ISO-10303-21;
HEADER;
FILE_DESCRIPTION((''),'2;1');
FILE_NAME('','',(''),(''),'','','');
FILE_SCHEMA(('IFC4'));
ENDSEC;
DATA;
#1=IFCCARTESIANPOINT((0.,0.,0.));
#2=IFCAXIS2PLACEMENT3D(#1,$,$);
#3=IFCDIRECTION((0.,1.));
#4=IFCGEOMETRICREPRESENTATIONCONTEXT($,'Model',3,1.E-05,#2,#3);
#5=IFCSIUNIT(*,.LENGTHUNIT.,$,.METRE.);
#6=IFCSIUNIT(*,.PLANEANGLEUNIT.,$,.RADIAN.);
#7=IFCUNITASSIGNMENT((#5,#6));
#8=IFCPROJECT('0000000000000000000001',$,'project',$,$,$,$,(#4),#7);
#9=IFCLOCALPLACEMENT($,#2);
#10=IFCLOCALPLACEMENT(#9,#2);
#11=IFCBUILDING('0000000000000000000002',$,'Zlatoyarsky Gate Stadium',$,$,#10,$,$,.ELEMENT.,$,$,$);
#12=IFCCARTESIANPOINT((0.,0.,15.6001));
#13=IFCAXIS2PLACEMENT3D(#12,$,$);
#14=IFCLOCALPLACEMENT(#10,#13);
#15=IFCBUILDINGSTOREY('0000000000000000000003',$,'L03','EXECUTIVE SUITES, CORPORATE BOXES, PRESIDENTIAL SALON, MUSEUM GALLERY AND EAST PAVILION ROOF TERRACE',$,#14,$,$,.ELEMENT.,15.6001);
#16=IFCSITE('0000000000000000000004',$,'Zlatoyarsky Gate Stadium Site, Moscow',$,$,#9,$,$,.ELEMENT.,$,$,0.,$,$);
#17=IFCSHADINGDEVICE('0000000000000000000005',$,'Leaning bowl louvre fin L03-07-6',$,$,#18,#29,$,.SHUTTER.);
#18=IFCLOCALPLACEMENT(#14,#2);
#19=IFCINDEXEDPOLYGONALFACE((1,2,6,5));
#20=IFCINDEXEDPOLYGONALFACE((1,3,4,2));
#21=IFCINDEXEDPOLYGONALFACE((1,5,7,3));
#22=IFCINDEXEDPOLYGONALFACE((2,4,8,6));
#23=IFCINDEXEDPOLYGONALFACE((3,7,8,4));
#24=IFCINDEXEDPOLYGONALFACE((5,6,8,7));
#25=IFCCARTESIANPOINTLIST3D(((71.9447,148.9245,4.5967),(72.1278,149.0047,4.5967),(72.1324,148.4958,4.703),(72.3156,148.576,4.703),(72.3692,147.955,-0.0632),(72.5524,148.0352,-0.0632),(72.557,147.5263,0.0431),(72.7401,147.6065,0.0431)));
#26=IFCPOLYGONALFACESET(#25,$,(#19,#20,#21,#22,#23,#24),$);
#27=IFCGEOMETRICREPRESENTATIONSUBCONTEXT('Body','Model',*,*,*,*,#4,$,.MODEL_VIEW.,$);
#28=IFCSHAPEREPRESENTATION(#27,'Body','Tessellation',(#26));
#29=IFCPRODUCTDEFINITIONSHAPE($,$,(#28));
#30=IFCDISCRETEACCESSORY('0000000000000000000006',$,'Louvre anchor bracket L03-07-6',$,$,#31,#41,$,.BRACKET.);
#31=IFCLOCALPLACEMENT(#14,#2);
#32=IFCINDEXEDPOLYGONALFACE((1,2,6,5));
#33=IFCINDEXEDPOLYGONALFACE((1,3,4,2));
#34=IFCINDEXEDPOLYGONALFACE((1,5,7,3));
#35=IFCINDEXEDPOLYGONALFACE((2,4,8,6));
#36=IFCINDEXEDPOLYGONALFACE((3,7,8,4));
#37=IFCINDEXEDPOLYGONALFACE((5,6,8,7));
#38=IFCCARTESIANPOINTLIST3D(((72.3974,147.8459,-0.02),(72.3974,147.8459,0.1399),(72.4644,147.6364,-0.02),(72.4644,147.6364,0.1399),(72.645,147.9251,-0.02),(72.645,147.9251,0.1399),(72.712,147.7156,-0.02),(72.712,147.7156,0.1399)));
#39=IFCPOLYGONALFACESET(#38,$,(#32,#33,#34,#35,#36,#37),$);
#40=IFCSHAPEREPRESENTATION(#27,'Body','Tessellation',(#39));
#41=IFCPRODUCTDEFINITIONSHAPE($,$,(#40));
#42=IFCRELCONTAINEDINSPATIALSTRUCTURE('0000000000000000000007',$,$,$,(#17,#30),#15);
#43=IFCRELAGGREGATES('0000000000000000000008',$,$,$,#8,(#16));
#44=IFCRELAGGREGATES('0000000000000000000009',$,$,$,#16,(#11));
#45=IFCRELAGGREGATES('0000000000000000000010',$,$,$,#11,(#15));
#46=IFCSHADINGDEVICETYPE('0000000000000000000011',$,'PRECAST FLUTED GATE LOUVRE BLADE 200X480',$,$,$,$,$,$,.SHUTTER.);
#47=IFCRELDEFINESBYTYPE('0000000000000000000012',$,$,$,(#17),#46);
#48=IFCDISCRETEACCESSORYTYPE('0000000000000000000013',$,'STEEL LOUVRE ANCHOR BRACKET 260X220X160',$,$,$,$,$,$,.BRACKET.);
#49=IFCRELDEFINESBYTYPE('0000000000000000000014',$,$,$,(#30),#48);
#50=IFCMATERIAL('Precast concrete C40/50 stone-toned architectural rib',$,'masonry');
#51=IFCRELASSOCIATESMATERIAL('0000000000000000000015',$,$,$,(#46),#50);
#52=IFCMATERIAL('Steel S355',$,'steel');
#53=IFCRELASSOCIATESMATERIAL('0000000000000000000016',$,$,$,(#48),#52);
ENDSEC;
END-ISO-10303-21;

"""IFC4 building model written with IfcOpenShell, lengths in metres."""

from ifc_helpers import new_model, si_unit, direction, frame, origin, origin_2d, place, context, subcontext, project, spatial, rectangle, extrude, material, material_profile, profile_set, type_object, element, save


model = new_model("IFC4")

# Units and contexts
model_context = context("Model", 3, precision=1e-05, world=origin(), true_north=direction((0.0, 1.0)))
body_context = subcontext(model_context, "Body", "Model", "MODEL_VIEW")
ifc_project = project(units=[si_unit("LENGTHUNIT", "METRE"), si_unit("PLANEANGLEUNIT", "RADIAN")], contexts=[model_context])

# Site, building, storey
site_placement = place(None, origin())
site = spatial("IfcSite", under=ifc_project, at=site_placement, Name="Zlatoyarsky Gate Stadium Site, Moscow", CompositionType="ELEMENT", RefElevation=0.0)
building_placement = place(site_placement, origin())
building = spatial("IfcBuilding", under=site, at=building_placement, Name="Zlatoyarsky Gate Stadium", CompositionType="ELEMENT")
storey_placement = place(building_placement, frame((0.0, 0.0, 15.6001)))
storey = spatial("IfcBuildingStorey", under=building, at=storey_placement, Name="L03", Description="EXECUTIVE SUITES, CORPORATE BOXES, PRESIDENTIAL SALON, MUSEUM GALLERY AND EAST PAVILION ROOF TERRACE", CompositionType="ELEMENT", Elevation=15.6001)

# Shared definitions
ifc_material_1 = material(Name="Steel S355", Category="steel")

# Shading device
ifc_material_2 = material(Name="Precast concrete C40/50 stone-toned architectural rib", Category="masonry")
ifc_material_profile_1 = material_profile(ifc_material_2, rectangle(XDim=0.2, YDim=0.48, at=origin_2d()), Name="RIB 200X480")
ifc_profile_set_1 = profile_set([ifc_material_profile_1], Name="Precast concrete C40/50 stone-toned architectural rib")
shading_device_type = type_object("IfcShadingDeviceType", Name="PRECAST FLUTED GATE LOUVRE BLADE 200X480", PredefinedType="SHUTTER", material=ifc_profile_set_1)
shading_device_placement = place(storey_placement, frame((72.5547, 147.7808, -0.01), z_axis=(-0.088846, 0.20288, 0.975165), x_axis=(-0.916014, -0.401146, 0.0)))
element("IfcShadingDevice", 1, at=shading_device_placement, inside=storey, type_object=shading_device_type, Name="Leaning bowl louvre fin L03-07-6", PredefinedType="SHUTTER", context=body_context, shape_type="SweptSolid", body=[
    extrude(rectangle(XDim=0.2, YDim=0.48, at=origin_2d()), origin(), (0.0, 0.0, 1.0), 4.7786),
])

# Discrete accessory
discrete_accessory_type = type_object("IfcDiscreteAccessoryType", Name="STEEL LOUVRE ANCHOR BRACKET 260X220X160", PredefinedType="BRACKET", material=ifc_material_1)
discrete_accessory_placement = place(storey_placement, frame((72.5547, 147.7808, -0.02), z_axis=(0.0, 0.0, 1.0), x_axis=(-0.952451, -0.304691, 0.0)))
element("IfcDiscreteAccessory", 2, at=discrete_accessory_placement, inside=storey, type_object=discrete_accessory_type, Name="Louvre anchor bracket L03-07-6", PredefinedType="BRACKET", context=body_context, shape_type="SweptSolid", body=[
    extrude(rectangle(XDim=0.26, YDim=0.22, at=origin_2d()), origin(), (0.0, 0.0, 1.0), 0.1599),
])

save(model, "model.ifc")
